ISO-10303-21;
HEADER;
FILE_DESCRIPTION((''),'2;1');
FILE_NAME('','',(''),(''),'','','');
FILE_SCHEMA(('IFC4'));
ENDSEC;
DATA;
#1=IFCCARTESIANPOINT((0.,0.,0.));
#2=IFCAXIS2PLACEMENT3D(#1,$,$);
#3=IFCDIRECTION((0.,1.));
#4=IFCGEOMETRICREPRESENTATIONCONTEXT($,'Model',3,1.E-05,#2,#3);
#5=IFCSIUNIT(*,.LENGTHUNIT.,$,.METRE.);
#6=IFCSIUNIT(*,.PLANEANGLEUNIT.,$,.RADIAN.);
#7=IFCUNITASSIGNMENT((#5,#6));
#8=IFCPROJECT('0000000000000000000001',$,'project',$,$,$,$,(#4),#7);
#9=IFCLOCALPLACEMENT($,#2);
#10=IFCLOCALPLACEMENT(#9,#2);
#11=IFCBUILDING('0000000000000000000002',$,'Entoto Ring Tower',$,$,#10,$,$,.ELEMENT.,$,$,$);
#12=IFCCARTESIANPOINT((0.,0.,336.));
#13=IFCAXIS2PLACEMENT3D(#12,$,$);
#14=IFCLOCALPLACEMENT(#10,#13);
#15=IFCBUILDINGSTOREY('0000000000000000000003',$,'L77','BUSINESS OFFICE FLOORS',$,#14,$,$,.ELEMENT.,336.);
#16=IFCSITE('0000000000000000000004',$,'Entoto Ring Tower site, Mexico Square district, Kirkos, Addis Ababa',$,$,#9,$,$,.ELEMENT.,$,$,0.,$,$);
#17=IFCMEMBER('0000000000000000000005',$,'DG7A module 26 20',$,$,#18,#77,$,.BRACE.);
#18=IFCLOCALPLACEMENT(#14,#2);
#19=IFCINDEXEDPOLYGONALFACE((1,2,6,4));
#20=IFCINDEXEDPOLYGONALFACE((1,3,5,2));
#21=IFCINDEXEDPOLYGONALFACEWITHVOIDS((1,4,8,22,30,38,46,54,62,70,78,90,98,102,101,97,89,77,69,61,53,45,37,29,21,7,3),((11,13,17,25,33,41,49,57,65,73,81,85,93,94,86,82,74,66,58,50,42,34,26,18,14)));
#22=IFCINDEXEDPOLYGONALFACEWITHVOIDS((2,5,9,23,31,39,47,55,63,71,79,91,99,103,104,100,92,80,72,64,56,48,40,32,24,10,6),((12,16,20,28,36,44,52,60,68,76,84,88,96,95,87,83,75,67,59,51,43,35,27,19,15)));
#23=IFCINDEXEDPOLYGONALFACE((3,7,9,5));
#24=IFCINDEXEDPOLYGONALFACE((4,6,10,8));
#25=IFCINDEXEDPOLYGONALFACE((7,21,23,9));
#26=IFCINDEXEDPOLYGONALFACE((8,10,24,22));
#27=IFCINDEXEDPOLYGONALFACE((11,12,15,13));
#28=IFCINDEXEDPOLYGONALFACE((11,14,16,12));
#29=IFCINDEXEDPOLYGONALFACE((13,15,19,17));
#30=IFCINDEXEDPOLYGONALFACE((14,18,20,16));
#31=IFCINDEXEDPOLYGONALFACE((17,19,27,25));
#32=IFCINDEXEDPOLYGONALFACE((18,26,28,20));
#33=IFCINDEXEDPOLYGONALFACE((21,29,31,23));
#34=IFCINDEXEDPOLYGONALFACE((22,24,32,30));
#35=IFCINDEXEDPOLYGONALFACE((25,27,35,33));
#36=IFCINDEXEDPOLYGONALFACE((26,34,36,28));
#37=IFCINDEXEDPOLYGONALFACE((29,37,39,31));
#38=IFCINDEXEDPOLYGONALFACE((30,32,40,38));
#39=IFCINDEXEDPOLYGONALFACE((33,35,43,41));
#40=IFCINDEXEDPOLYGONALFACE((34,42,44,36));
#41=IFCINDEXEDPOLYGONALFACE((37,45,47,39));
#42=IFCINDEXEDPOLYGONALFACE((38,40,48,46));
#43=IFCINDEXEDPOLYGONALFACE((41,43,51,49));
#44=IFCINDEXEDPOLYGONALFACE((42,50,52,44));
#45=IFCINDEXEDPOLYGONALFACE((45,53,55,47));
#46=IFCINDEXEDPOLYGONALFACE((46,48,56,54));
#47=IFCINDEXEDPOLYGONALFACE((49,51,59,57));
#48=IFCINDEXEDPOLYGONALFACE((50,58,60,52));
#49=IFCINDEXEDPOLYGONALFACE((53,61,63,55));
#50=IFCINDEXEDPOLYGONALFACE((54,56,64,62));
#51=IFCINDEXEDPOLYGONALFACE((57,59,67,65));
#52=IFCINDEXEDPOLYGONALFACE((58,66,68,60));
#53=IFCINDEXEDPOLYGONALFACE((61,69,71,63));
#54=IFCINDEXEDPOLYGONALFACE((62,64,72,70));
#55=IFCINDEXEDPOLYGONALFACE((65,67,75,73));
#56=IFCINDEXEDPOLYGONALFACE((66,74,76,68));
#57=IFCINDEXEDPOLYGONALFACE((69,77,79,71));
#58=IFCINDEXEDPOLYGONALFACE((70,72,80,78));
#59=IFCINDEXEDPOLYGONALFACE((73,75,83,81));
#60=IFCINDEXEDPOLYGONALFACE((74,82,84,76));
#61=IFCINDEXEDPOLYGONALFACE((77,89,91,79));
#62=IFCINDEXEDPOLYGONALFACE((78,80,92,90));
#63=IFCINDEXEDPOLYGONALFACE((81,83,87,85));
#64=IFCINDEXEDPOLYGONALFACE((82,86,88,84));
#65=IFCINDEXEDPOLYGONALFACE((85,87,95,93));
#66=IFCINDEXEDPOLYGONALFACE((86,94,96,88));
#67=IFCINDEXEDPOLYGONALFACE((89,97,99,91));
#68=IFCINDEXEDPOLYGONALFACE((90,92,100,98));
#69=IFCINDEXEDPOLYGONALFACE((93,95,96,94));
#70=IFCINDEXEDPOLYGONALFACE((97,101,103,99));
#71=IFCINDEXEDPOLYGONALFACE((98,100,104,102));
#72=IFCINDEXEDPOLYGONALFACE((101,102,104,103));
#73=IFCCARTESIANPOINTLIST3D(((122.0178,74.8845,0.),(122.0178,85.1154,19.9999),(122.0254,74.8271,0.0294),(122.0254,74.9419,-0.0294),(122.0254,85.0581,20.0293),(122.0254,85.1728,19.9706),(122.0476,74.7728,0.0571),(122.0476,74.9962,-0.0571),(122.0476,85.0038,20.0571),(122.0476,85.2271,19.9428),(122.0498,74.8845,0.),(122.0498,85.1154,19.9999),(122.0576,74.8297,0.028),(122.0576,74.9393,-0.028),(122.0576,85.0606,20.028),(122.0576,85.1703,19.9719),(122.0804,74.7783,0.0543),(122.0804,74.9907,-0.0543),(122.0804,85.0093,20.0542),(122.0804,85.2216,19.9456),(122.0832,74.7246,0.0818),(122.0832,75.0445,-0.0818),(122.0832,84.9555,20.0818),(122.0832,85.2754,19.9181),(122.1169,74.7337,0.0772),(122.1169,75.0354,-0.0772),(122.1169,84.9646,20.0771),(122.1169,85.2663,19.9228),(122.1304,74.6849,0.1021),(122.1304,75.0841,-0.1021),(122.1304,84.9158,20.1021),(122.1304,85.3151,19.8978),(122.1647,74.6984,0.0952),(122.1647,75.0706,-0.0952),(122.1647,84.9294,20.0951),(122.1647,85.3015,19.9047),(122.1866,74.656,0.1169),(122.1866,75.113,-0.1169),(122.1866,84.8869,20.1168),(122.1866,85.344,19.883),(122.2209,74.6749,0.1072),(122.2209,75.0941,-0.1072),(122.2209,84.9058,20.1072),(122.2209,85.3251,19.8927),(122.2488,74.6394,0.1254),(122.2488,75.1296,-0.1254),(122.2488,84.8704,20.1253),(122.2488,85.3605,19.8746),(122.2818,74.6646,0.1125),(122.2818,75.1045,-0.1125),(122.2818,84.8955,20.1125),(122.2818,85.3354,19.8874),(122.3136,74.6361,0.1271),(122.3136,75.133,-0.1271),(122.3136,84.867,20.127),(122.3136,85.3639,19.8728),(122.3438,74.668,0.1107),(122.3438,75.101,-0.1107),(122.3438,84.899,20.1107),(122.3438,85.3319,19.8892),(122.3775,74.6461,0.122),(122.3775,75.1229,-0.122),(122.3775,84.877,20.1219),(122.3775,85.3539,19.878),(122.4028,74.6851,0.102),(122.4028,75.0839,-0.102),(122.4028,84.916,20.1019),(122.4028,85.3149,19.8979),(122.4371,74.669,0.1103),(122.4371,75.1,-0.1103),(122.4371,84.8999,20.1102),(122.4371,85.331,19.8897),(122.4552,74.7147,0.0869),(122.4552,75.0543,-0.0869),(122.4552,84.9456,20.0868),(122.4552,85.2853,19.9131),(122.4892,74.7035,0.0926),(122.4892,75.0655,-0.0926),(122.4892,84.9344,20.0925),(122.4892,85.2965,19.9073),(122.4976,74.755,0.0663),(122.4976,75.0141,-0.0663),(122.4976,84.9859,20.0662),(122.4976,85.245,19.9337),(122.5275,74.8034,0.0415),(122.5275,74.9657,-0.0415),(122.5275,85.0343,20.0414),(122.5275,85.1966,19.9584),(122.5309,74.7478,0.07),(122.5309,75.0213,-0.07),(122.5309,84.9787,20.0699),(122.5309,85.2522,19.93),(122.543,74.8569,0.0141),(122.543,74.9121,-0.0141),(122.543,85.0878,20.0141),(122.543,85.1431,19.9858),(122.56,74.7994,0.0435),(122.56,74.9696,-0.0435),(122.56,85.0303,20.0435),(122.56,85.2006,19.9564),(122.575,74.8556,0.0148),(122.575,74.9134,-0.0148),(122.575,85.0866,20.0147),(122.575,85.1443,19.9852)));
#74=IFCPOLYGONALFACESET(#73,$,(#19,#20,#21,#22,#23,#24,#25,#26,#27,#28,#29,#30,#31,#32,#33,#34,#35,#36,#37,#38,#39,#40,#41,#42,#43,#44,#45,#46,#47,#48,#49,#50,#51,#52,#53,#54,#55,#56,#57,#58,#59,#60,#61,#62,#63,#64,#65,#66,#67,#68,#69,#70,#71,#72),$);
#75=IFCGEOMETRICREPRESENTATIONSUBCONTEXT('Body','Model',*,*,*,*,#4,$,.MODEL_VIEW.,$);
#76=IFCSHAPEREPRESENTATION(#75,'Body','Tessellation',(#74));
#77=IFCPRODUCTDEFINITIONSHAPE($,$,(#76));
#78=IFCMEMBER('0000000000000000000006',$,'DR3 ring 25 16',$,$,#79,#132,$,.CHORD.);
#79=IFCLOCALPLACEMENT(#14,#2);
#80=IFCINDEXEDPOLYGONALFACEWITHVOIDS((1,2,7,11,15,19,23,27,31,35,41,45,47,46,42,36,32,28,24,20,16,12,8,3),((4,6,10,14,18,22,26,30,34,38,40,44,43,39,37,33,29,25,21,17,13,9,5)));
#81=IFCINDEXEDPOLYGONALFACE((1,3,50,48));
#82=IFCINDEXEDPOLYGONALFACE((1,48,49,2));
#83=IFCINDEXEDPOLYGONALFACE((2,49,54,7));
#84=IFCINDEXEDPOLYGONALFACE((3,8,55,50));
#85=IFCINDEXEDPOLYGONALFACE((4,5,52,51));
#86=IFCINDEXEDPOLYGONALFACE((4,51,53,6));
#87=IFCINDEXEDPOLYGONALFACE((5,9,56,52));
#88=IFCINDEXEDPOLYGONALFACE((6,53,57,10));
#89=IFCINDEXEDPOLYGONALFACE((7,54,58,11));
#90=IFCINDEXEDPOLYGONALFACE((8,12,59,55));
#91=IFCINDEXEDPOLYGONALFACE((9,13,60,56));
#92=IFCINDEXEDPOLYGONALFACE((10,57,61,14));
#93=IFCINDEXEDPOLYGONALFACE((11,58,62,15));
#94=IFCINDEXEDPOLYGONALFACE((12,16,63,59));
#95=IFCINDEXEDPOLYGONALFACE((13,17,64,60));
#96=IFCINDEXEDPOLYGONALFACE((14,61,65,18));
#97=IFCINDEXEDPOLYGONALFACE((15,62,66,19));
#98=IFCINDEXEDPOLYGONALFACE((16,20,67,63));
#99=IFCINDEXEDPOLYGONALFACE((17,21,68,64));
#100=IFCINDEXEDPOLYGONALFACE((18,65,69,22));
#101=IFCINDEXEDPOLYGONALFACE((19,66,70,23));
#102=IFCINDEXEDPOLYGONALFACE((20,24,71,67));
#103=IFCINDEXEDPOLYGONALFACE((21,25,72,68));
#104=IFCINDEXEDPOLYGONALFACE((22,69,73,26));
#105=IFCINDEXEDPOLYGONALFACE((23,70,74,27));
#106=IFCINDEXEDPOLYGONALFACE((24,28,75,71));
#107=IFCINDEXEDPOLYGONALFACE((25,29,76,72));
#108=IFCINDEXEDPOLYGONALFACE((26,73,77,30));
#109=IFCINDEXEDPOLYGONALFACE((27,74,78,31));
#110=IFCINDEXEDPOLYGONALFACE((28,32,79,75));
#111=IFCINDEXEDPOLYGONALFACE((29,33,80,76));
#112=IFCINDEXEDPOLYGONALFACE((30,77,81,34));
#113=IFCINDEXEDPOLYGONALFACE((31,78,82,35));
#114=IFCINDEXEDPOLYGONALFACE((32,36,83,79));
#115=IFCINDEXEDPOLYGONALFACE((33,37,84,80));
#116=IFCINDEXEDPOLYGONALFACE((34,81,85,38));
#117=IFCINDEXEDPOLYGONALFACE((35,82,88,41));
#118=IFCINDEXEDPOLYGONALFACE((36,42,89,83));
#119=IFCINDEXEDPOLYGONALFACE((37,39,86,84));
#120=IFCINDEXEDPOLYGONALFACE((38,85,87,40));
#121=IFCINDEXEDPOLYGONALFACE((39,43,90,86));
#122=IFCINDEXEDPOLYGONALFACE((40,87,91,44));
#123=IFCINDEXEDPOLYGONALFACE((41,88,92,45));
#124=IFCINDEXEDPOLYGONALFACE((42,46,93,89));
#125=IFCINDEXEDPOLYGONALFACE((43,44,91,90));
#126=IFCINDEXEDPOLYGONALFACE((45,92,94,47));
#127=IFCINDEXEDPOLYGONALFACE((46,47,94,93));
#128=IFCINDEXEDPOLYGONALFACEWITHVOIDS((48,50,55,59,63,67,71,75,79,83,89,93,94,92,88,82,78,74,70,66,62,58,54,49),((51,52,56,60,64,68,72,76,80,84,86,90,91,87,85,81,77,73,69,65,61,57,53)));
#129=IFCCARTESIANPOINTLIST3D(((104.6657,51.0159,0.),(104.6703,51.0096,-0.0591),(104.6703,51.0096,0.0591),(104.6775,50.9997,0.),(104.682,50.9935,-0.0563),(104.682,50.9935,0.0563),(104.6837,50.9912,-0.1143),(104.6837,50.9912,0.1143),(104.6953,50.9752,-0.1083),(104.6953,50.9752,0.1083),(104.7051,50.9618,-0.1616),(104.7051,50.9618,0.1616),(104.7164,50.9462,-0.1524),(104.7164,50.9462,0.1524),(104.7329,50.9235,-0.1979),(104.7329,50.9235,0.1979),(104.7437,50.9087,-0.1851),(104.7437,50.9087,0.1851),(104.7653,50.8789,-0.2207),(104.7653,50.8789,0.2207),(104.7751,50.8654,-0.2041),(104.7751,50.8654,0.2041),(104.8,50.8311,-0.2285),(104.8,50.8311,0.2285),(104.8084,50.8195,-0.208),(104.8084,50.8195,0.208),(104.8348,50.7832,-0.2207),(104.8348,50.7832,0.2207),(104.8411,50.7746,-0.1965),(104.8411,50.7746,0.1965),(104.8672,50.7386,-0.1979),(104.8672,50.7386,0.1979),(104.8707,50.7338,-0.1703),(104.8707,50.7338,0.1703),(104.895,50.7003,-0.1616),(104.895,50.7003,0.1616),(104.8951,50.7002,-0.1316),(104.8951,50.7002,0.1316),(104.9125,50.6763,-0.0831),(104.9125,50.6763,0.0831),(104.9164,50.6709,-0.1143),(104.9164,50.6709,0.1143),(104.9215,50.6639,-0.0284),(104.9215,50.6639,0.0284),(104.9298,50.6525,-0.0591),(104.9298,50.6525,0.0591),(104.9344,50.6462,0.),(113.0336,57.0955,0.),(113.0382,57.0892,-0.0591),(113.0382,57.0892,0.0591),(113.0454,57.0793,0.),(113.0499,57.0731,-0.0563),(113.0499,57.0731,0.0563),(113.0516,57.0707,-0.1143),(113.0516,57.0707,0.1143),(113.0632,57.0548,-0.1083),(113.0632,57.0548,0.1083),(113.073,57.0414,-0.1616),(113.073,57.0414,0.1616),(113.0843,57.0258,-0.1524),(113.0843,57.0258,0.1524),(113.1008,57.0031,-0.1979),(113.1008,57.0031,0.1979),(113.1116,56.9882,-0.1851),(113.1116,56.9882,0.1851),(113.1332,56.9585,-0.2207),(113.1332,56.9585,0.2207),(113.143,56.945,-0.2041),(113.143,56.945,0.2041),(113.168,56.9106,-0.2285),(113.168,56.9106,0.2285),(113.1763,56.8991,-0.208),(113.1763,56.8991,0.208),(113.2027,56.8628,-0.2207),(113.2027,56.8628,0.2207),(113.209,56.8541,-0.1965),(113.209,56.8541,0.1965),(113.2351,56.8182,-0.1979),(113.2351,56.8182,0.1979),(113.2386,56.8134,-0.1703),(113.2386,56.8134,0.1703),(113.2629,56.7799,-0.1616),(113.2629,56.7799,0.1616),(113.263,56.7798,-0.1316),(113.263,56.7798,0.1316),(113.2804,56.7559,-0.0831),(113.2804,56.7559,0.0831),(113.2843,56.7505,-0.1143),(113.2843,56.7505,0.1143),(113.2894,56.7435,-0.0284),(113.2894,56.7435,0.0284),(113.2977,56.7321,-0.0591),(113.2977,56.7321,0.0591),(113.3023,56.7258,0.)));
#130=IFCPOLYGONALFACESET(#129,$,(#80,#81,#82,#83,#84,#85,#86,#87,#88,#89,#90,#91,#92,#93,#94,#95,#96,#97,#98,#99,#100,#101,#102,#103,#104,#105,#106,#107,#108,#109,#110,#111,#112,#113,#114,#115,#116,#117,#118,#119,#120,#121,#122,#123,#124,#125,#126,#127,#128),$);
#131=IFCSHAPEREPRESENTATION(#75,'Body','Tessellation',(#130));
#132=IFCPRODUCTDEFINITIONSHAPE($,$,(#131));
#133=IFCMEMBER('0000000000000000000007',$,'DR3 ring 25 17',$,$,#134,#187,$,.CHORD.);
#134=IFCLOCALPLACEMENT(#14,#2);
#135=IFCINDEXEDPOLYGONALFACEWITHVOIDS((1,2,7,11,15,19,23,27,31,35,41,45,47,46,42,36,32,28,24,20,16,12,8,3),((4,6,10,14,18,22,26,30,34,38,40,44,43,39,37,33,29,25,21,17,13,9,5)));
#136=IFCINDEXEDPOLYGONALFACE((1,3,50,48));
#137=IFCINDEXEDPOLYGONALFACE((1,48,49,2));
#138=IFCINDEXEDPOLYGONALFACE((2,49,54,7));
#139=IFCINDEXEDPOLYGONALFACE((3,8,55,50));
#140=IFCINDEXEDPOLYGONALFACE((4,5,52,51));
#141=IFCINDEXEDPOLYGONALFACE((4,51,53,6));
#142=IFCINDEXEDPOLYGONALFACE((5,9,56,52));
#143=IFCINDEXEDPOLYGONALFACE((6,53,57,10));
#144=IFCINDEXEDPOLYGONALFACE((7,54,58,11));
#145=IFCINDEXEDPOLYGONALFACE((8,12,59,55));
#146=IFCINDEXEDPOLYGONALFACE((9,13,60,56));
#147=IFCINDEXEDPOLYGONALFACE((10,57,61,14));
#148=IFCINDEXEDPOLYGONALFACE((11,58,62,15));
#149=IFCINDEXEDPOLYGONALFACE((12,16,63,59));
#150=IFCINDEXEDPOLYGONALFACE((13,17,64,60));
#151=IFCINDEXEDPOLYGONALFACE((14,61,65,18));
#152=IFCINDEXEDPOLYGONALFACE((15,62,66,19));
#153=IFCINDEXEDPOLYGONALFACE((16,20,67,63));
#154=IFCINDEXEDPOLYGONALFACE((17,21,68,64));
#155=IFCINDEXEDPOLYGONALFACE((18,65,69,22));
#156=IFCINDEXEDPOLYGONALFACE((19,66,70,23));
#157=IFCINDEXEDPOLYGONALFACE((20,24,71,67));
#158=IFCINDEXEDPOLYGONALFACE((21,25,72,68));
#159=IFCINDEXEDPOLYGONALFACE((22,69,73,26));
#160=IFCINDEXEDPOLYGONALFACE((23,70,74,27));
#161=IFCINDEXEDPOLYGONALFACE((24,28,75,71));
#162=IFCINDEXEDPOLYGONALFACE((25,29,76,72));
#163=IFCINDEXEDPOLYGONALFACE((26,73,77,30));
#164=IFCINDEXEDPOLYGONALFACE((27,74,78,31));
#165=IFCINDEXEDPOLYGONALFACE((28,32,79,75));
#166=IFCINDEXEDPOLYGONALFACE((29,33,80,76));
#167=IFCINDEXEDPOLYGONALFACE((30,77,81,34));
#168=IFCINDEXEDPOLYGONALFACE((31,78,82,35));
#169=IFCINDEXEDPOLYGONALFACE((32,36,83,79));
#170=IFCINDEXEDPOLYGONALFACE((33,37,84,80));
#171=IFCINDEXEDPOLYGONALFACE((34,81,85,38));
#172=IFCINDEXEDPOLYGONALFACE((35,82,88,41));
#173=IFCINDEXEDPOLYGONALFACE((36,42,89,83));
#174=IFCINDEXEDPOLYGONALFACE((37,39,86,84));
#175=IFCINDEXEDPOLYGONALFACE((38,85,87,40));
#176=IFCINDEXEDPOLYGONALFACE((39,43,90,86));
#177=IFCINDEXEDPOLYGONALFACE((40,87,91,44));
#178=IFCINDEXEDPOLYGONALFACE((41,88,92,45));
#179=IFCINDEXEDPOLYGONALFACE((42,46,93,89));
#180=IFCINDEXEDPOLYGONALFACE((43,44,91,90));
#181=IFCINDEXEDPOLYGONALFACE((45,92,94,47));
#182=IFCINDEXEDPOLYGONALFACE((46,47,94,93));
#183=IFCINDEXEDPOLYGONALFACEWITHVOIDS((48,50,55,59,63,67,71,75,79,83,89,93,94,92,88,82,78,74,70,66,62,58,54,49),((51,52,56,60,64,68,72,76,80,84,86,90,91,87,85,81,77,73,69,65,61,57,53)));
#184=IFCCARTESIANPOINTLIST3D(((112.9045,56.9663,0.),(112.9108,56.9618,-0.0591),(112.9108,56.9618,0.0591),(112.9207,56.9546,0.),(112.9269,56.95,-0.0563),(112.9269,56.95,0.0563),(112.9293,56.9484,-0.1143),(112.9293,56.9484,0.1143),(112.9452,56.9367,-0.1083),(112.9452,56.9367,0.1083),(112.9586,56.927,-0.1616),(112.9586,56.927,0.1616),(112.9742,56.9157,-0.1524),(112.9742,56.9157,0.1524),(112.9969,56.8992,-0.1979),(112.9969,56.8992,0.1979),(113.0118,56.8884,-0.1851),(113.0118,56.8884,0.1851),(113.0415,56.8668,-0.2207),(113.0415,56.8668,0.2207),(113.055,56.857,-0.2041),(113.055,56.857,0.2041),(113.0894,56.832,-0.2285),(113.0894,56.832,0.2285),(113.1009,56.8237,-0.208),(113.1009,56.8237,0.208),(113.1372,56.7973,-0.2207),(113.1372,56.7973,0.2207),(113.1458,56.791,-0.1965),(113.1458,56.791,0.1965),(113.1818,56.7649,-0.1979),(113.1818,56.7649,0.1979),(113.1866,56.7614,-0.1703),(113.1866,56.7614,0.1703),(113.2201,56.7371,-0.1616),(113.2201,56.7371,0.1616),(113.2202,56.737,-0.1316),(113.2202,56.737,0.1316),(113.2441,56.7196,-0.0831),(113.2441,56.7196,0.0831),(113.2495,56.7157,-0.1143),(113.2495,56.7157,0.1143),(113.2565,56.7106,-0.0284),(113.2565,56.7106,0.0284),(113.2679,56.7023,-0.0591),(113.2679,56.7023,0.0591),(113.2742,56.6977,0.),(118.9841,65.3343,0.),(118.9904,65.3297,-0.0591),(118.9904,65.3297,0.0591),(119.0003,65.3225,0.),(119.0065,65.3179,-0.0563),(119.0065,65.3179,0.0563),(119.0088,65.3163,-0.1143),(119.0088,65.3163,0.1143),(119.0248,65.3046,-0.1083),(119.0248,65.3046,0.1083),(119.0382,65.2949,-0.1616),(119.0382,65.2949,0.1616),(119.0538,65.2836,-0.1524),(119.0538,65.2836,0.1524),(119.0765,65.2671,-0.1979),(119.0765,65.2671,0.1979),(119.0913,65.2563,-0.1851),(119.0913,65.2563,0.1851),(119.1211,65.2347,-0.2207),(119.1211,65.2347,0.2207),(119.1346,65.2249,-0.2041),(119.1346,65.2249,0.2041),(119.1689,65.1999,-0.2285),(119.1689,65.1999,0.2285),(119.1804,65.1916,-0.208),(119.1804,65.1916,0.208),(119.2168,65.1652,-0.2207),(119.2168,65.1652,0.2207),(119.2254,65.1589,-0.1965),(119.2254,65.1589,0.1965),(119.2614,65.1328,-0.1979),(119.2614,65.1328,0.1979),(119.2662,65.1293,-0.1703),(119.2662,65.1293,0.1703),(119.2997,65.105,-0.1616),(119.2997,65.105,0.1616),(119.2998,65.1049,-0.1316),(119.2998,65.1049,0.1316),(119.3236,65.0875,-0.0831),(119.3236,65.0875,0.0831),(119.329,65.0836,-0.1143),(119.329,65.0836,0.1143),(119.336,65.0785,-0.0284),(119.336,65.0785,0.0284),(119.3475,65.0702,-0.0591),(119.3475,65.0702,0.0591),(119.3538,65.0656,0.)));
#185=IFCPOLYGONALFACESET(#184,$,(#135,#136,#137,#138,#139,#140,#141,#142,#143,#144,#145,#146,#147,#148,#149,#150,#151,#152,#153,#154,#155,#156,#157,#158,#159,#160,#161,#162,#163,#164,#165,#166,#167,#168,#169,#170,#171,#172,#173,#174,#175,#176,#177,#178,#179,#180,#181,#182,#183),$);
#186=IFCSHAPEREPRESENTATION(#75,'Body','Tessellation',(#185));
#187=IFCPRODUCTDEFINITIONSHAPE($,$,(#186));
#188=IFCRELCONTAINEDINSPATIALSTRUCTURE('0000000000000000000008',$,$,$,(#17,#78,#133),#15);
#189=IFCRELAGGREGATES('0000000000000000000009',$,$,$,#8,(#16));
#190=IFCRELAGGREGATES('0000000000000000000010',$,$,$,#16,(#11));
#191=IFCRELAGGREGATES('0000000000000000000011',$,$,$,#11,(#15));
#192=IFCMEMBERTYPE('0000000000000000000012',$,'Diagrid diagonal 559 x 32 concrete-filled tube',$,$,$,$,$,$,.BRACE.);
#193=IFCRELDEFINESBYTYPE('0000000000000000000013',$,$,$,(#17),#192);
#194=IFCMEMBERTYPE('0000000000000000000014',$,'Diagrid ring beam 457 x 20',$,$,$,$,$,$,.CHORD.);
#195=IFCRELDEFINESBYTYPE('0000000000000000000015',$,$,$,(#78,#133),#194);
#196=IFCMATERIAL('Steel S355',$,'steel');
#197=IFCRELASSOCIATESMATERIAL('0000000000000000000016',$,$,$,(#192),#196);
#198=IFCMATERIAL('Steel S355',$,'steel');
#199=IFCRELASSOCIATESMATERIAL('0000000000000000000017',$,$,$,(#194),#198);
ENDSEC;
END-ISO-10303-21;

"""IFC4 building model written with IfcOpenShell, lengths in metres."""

from ifc_helpers import new_model, si_unit, direction, frame, origin, origin_2d, place, context, subcontext, project, spatial, circle, hollow_circle, extrude, material, material_profile, profile_set, type_object, element, save


model = new_model("IFC4")

# Units and contexts
model_context = context("Model", 3, precision=1e-05, world=origin(), true_north=direction((0.0, 1.0)))
body_context = subcontext(model_context, "Body", "Model", "MODEL_VIEW")
ifc_project = project(units=[si_unit("LENGTHUNIT", "METRE"), si_unit("PLANEANGLEUNIT", "RADIAN")], contexts=[model_context])

# Site, building, storey
site_placement = place(None, origin())
site = spatial("IfcSite", under=ifc_project, at=site_placement, Name="Entoto Ring Tower site, Mexico Square district, Kirkos, Addis Ababa", CompositionType="ELEMENT", RefElevation=0.0)
building_placement = place(site_placement, origin())
building = spatial("IfcBuilding", under=site, at=building_placement, Name="Entoto Ring Tower", CompositionType="ELEMENT")
storey_placement = place(building_placement, frame((0.0, 0.0, 336.0)))
storey = spatial("IfcBuildingStorey", under=building, at=storey_placement, Name="L77", Description="BUSINESS OFFICE FLOORS", CompositionType="ELEMENT", Elevation=336.0)

# Members
ifc_material_1 = material(Name="Steel S355", Category="steel")
ifc_material_profile_1 = material_profile(ifc_material_1, hollow_circle(Radius=0.2795, WallThickness=0.032, at=origin_2d()), Name="CHS 559 x 32")
ifc_material_2 = material(Name="Concrete C60/75", Category="concrete")
ifc_material_profile_2 = material_profile(ifc_material_2, circle(Radius=0.2476, at=origin_2d()), Name="Concrete C60/75 infill")
ifc_profile_set_1 = profile_set([ifc_material_profile_1, ifc_material_profile_2], Name="Steel S355")
member_type_1 = type_object("IfcMemberType", Name="Diagrid diagonal 559 x 32 concrete-filled tube", PredefinedType="BRACE", material=ifc_profile_set_1)
for number, where, z_axis, x_axis, name in (
    (1, (122.2974, 74.8845, 0.0), (0.0, 0.455419, 0.890277), (-1.0, 0.0, 0.0), "DG7A module 26 20"),
):
    element("IfcMember", number, at=place(storey_placement, frame(where, z_axis=z_axis, x_axis=x_axis)), inside=storey, type_object=member_type_1, Name=name, PredefinedType="BRACE", context=body_context, shape_type="SweptSolid", body=[
        extrude(hollow_circle(Radius=0.2795, WallThickness=0.032, at=origin_2d()), origin(), (0.0, 0.0, 1.0), 22.4648),
    ])
ifc_material_3 = material(Name="Steel S355", Category="steel")
ifc_material_profile_3 = material_profile(ifc_material_3, hollow_circle(Radius=0.2285, WallThickness=0.02, at=origin_2d()), Name="CHS 457 x 20")
ifc_material_4 = material(Name="Concrete C60/75", Category="concrete")
ifc_material_profile_4 = material_profile(ifc_material_4, circle(Radius=0.2085, at=origin_2d()), Name="Concrete C60/75 infill")
ifc_profile_set_2 = profile_set([ifc_material_profile_3, ifc_material_profile_4], Name="Steel S355")
member_type_2 = type_object("IfcMemberType", Name="Diagrid ring beam 457 x 20", PredefinedType="CHORD", material=ifc_profile_set_2)
for number, where, z_axis, x_axis, name in (
    (2, (104.8, 50.8311, 0.0), (0.80902, 0.587781, 0.0), (-0.587781, 0.80902, 0.0), "DR3 ring 25 16"),
    (3, (113.0894, 56.832, 0.0), (0.587781, 0.80902, 0.0), (-0.80902, 0.587781, 0.0), "DR3 ring 25 17"),
):
    element("IfcMember", number, at=place(storey_placement, frame(where, z_axis=z_axis, x_axis=x_axis)), inside=storey, type_object=member_type_2, Name=name, PredefinedType="CHORD", context=body_context, shape_type="SweptSolid", body=[
        extrude(hollow_circle(Radius=0.2285, WallThickness=0.02, at=origin_2d()), origin(), (0.0, 0.0, 1.0), 10.3433),
    ])

save(model, "model.ifc")
